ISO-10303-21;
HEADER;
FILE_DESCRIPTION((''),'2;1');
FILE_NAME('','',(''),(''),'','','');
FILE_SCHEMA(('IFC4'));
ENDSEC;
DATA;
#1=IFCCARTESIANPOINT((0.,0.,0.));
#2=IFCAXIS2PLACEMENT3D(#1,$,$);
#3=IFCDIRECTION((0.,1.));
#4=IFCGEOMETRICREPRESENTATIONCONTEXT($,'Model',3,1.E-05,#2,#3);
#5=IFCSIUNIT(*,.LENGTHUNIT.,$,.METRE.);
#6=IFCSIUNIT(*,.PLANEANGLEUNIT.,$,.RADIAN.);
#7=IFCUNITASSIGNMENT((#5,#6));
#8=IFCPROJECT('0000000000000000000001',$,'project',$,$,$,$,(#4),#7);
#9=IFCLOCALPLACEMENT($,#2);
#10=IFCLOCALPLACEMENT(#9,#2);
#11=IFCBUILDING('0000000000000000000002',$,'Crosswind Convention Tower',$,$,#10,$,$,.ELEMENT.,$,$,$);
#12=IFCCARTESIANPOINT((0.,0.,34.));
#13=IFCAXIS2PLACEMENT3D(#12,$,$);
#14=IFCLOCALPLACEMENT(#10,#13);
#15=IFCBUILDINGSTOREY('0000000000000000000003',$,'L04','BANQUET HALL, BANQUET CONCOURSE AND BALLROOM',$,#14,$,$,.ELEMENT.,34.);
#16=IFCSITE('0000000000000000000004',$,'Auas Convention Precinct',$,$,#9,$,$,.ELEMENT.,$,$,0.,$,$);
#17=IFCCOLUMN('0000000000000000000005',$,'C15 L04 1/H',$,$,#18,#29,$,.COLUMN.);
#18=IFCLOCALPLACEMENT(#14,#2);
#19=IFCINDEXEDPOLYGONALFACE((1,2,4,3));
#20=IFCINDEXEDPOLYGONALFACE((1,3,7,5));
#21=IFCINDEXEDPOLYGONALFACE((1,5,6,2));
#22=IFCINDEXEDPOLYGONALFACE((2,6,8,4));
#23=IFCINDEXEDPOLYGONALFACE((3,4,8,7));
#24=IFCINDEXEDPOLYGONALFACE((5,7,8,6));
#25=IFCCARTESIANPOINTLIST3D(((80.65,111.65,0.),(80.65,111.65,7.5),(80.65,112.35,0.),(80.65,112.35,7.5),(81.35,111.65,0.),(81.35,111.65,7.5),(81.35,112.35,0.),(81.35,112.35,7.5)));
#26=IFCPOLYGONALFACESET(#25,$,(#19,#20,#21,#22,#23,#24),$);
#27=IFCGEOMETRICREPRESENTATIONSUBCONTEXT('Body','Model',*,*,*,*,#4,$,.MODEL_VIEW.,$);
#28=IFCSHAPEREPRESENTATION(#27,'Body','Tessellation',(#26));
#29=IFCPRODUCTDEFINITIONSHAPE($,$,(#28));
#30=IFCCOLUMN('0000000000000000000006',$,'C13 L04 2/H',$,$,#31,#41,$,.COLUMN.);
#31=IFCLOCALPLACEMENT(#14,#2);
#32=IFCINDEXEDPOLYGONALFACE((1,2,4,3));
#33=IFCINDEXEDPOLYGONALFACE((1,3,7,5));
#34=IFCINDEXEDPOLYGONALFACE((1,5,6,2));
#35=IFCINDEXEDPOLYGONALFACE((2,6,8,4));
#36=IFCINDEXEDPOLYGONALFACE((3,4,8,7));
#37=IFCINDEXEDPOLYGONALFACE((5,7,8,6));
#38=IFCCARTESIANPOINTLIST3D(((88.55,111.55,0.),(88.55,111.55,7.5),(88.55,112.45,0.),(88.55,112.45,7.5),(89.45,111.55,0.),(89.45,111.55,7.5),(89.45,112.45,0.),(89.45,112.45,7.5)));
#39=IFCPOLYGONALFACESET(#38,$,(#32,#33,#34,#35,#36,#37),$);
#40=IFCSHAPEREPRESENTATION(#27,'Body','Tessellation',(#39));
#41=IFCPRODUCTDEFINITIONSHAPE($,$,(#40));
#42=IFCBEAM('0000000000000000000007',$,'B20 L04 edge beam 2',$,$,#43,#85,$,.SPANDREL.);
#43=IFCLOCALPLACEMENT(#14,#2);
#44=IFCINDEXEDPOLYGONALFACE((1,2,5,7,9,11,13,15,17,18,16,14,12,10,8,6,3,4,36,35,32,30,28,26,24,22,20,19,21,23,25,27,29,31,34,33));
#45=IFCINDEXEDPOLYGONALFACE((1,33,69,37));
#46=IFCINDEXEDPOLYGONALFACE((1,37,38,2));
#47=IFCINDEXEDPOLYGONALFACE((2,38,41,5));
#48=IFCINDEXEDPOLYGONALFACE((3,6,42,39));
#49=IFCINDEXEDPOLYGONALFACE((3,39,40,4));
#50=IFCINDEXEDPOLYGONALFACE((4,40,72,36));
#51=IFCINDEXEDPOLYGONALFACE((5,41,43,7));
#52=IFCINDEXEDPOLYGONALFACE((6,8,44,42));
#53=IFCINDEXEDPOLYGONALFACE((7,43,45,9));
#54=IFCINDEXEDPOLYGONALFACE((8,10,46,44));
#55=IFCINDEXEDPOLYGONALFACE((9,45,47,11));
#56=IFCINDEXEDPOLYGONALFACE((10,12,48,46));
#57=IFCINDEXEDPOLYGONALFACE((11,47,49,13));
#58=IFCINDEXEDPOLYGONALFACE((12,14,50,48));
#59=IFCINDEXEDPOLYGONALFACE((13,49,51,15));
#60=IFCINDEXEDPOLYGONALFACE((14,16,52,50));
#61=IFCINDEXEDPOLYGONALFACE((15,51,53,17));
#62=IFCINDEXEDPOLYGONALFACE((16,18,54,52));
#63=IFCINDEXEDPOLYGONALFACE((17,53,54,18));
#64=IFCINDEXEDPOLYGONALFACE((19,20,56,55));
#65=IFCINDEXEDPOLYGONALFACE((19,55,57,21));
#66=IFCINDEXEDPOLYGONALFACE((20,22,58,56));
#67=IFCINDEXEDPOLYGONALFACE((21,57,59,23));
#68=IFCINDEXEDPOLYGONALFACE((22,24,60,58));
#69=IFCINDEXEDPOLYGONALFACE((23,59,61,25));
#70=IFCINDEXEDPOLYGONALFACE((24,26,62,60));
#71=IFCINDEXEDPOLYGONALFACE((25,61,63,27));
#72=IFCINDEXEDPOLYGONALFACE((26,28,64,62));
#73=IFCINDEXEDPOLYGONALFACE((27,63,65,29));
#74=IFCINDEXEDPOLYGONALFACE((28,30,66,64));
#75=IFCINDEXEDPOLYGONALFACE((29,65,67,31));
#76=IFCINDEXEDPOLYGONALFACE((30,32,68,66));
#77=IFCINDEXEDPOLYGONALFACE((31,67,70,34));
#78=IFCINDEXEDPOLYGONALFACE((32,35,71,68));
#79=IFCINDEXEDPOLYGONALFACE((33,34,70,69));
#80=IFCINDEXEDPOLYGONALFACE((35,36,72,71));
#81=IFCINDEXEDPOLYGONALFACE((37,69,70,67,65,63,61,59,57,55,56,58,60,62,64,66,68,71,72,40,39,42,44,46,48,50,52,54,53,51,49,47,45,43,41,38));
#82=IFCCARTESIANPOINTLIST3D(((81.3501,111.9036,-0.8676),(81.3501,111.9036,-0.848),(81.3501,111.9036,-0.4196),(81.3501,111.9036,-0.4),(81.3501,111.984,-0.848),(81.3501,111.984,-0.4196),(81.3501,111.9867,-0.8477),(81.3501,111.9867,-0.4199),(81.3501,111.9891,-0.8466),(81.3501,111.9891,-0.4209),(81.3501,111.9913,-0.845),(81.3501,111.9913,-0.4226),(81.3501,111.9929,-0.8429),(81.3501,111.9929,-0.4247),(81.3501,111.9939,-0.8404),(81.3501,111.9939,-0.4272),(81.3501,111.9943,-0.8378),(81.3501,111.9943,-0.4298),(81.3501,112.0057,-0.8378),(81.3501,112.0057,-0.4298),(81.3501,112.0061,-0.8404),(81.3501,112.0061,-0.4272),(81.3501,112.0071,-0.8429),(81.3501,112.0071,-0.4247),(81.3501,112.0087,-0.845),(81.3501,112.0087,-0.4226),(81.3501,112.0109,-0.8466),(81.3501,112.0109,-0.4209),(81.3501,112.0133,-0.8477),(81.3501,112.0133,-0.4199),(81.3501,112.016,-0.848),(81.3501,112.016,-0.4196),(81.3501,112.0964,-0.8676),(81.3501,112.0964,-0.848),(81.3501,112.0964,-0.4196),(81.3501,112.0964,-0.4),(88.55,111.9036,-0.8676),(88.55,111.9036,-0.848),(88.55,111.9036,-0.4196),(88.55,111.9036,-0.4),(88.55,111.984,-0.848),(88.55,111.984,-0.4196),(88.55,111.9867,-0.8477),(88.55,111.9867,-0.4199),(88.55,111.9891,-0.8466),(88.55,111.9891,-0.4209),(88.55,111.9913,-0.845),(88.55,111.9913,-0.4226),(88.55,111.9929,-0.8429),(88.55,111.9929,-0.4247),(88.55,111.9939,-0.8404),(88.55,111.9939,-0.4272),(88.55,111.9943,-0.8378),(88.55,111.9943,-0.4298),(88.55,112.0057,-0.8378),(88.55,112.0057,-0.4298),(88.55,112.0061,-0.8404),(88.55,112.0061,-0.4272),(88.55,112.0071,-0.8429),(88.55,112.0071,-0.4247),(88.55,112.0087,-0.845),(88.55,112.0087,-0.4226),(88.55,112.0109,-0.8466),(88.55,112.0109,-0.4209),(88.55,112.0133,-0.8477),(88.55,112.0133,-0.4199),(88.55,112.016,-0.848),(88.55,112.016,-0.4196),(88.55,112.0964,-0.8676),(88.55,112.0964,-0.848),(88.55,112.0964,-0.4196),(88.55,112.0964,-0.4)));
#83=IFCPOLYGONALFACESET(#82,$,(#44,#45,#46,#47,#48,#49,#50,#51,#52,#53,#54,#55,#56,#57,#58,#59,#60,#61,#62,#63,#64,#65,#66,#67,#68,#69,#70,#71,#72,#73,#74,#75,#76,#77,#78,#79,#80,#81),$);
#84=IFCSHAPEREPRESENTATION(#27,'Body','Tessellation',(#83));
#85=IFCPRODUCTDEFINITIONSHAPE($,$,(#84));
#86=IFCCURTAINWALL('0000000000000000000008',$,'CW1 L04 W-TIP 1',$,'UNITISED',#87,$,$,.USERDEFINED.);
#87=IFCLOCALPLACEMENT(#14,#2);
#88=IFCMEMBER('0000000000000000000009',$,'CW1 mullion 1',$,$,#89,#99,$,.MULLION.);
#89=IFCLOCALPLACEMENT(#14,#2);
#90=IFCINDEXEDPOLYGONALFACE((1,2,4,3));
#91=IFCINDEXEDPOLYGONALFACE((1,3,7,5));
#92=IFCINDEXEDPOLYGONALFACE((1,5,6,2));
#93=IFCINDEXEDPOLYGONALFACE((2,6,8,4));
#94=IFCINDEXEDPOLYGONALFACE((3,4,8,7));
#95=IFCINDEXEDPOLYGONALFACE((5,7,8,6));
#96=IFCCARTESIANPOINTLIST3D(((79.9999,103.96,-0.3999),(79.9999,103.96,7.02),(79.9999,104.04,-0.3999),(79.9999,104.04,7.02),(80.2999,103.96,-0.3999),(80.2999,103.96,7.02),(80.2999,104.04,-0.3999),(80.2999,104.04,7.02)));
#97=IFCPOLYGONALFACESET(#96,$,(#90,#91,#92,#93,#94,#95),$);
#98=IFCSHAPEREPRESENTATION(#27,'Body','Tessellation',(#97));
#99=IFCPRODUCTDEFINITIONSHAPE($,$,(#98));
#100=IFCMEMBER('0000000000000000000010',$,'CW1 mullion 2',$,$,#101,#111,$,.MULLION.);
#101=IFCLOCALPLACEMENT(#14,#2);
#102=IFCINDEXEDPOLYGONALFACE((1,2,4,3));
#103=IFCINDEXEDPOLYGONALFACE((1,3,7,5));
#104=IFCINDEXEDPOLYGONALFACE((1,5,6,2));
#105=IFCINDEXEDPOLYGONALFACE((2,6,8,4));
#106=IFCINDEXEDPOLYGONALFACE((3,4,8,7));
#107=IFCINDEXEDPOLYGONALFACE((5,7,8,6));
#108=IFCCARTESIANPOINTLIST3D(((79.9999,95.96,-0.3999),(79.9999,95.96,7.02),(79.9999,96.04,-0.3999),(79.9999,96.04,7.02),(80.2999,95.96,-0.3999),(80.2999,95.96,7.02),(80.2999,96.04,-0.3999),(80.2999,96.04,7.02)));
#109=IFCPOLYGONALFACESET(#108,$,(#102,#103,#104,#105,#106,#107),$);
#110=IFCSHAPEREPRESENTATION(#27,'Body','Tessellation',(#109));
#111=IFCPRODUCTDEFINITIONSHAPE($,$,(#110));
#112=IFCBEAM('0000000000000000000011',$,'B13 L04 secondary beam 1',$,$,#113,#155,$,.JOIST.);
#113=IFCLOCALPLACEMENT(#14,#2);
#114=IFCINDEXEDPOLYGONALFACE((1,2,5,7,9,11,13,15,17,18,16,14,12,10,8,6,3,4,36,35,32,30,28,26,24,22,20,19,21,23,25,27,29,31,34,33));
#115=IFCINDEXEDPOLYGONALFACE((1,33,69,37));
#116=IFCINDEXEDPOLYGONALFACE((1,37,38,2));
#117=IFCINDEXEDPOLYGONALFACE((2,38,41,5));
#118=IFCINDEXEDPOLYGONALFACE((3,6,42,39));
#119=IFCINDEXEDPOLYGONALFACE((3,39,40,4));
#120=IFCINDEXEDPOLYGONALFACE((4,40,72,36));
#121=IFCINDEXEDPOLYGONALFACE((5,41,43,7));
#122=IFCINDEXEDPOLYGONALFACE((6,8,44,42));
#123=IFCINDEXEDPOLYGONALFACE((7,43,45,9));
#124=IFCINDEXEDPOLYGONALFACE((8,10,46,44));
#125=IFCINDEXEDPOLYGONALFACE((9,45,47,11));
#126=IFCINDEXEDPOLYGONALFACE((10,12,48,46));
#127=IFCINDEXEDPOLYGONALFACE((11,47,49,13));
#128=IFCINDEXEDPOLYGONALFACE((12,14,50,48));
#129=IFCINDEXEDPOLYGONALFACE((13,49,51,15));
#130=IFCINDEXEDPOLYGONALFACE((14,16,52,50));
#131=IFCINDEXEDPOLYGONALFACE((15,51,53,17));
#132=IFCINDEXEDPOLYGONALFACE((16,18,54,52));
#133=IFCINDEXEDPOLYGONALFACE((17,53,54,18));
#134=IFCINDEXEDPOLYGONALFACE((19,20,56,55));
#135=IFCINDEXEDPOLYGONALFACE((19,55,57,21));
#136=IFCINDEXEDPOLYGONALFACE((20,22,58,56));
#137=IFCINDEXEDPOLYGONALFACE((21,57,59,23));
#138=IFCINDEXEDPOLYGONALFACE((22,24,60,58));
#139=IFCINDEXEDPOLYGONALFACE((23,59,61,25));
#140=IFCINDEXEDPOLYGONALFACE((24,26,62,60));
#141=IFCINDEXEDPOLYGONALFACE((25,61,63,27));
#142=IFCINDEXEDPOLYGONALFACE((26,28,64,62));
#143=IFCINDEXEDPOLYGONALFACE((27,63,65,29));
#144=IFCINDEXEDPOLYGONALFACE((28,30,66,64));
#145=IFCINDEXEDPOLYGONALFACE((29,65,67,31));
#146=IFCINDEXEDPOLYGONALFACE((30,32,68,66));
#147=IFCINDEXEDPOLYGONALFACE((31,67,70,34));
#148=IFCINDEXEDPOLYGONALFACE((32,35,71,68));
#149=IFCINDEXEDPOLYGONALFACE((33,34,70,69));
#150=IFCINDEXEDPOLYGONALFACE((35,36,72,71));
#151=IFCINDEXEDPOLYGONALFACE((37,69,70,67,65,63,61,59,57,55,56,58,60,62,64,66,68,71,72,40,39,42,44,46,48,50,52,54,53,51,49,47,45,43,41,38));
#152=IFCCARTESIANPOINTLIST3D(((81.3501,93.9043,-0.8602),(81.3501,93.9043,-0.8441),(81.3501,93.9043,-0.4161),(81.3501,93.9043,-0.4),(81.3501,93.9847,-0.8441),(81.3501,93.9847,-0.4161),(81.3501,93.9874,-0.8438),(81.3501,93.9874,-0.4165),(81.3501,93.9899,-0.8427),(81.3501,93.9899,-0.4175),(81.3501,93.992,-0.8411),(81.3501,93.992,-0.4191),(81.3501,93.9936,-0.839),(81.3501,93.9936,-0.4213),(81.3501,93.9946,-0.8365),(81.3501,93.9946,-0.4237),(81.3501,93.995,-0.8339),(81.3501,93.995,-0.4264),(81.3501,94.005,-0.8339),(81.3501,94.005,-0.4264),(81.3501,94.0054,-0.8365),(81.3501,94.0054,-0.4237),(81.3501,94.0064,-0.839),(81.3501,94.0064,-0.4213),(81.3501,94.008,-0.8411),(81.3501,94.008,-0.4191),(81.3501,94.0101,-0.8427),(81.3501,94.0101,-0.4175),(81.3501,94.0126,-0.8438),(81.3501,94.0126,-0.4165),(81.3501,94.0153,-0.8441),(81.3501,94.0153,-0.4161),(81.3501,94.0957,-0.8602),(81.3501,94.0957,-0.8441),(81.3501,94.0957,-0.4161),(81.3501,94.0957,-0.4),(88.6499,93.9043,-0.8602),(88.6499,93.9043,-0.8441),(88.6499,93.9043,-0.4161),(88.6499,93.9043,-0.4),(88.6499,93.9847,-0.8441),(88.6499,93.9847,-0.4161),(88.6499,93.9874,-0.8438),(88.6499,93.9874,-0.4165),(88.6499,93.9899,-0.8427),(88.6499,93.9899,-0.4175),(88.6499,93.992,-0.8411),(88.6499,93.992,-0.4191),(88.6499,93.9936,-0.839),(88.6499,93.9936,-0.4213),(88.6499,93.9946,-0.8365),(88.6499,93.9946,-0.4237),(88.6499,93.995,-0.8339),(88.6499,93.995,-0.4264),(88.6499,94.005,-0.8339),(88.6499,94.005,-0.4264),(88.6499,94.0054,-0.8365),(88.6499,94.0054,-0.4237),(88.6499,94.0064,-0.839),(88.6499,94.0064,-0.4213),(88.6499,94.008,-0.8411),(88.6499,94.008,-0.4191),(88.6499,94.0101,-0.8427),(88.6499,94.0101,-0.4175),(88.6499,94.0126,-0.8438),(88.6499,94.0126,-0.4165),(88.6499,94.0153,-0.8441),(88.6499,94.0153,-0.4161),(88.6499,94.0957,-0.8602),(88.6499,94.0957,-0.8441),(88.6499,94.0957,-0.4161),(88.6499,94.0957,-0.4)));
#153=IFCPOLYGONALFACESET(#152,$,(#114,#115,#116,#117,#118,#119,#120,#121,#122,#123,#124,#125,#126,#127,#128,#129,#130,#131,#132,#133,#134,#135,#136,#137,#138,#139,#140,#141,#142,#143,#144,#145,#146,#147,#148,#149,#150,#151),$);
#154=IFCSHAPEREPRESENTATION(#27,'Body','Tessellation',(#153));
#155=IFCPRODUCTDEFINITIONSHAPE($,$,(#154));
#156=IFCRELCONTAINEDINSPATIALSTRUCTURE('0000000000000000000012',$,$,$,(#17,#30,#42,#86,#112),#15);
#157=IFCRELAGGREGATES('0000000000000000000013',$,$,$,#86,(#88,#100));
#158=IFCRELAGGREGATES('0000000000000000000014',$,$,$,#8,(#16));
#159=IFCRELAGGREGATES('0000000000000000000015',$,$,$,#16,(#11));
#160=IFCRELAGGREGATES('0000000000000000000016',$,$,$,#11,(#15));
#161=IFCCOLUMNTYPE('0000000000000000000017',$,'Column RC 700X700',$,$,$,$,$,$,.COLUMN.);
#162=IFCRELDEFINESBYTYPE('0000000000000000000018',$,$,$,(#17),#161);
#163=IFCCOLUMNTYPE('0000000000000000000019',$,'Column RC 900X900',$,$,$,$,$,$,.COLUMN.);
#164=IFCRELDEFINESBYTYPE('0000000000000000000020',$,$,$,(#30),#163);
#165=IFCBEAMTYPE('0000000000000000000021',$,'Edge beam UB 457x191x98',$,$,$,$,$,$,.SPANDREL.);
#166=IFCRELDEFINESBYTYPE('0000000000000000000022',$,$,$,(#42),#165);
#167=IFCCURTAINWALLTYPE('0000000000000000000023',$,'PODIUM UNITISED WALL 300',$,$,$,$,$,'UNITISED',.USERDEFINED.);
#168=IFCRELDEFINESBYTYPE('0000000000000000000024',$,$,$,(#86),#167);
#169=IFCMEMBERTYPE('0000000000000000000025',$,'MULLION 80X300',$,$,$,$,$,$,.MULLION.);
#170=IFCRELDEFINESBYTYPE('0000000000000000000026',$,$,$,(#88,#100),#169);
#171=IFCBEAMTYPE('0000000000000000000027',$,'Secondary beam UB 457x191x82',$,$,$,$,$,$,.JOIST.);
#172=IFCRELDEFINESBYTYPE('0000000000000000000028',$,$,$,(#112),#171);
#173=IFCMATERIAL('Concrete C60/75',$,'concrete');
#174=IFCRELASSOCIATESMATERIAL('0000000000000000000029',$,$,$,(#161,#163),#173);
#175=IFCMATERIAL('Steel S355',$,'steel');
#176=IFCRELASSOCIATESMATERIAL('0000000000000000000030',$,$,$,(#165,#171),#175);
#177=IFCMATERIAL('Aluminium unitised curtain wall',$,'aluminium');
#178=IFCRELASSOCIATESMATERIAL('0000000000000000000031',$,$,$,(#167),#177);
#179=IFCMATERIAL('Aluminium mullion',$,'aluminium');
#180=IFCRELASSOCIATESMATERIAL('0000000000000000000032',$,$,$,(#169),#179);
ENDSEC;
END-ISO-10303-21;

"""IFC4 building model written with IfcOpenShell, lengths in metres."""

from ifc_helpers import new_model, si_unit, direction, frame, origin, origin_2d, place, context, subcontext, project, spatial, rectangle, i_section, extrude, material, material_profile, profile_set, type_object, element, aggregate, save


model = new_model("IFC4")

# Units and contexts
model_context = context("Model", 3, precision=1e-05, world=origin(), true_north=direction((0.0, 1.0)))
body_context = subcontext(model_context, "Body", "Model", "MODEL_VIEW")
ifc_project = project(units=[si_unit("LENGTHUNIT", "METRE"), si_unit("PLANEANGLEUNIT", "RADIAN")], contexts=[model_context])

# Site, building, storey
site_placement = place(None, origin())
site = spatial("IfcSite", under=ifc_project, at=site_placement, Name="Auas Convention Precinct", CompositionType="ELEMENT", RefElevation=0.0)
building_placement = place(site_placement, origin())
building = spatial("IfcBuilding", under=site, at=building_placement, Name="Crosswind Convention Tower", CompositionType="ELEMENT")
storey_placement = place(building_placement, frame((0.0, 0.0, 34.0)))
storey = spatial("IfcBuildingStorey", under=building, at=storey_placement, Name="L04", Description="BANQUET HALL, BANQUET CONCOURSE AND BALLROOM", CompositionType="ELEMENT", Elevation=34.0)

# Columns
ifc_material_1 = material(Name="Concrete C60/75", Category="concrete")
ifc_material_profile_1 = material_profile(ifc_material_1, rectangle(XDim=0.7, YDim=0.7, at=origin_2d()), Name="RC 700X700")
ifc_profile_set_1 = profile_set([ifc_material_profile_1], Name="Concrete C60/75")
column_type_1 = type_object("IfcColumnType", Name="Column RC 700X700", PredefinedType="COLUMN", material=ifc_profile_set_1)
column_1_placement = place(storey_placement, frame((81.0, 112.0, 0.0), z_axis=(0.0, 0.0, 1.0), x_axis=(1.0, 0.0, 0.0)))
element("IfcColumn", 1, at=column_1_placement, inside=storey, type_object=column_type_1, Name="C15 L04 1/H", PredefinedType="COLUMN", context=body_context, shape_type="SweptSolid", body=[
    extrude(rectangle(XDim=0.7, YDim=0.7, at=origin_2d()), origin(), (0.0, 0.0, 1.0), 7.5),
])
ifc_material_profile_2 = material_profile(ifc_material_1, rectangle(XDim=0.8999, YDim=0.8999, at=origin_2d()), Name="RC 900X900")
ifc_profile_set_2 = profile_set([ifc_material_profile_2], Name="Concrete C60/75")
column_type_2 = type_object("IfcColumnType", Name="Column RC 900X900", PredefinedType="COLUMN", material=ifc_profile_set_2)
column_2_placement = place(storey_placement, frame((89.0, 112.0, 0.0), z_axis=(0.0, 0.0, 1.0), x_axis=(1.0, 0.0, 0.0)))
element("IfcColumn", 2, at=column_2_placement, inside=storey, type_object=column_type_2, Name="C13 L04 2/H", PredefinedType="COLUMN", context=body_context, shape_type="SweptSolid", body=[
    extrude(rectangle(XDim=0.8999, YDim=0.8999, at=origin_2d()), origin(), (0.0, 0.0, 1.0), 7.5),
])

# Beam
ifc_material_2 = material(Name="Steel S355", Category="steel")
ifc_material_profile_3 = material_profile(ifc_material_2, i_section(OverallWidth=0.1929, OverallDepth=0.4675, WebThickness=0.0115, FlangeThickness=0.0195, FilletRadius=0.0103, at=origin_2d()), Name="UB 457x191x98")
ifc_profile_set_3 = profile_set([ifc_material_profile_3], Name="Steel S355")
beam_type_1 = type_object("IfcBeamType", Name="Edge beam UB 457x191x98", PredefinedType="SPANDREL", material=ifc_profile_set_3)
beam_1_placement = place(storey_placement, frame((81.3501, 112.0, -0.6338), z_axis=(1.0, 0.0, 0.0), x_axis=(0.0, 1.0, 0.0)))
element("IfcBeam", 3, at=beam_1_placement, inside=storey, type_object=beam_type_1, Name="B20 L04 edge beam 2", PredefinedType="SPANDREL", context=body_context, shape_type="SweptSolid", body=[
    extrude(i_section(OverallWidth=0.1929, OverallDepth=0.4675, WebThickness=0.0115, FlangeThickness=0.0195, FilletRadius=0.0103, at=origin_2d()), origin(), (0.0, 0.0, 1.0), 7.2),
])

# Curtain wall, members
ifc_material_3 = material(Name="Aluminium unitised curtain wall", Category="aluminium")
curtain_wall_type = type_object("IfcCurtainWallType", Name="PODIUM UNITISED WALL 300", ElementType="UNITISED", PredefinedType="USERDEFINED", material=ifc_material_3)
curtain_wall_placement = place(storey_placement, origin())
curtain_wall = element("IfcCurtainWall", 4, at=curtain_wall_placement, inside=storey, type_object=curtain_wall_type, Name="CW1 L04 W-TIP 1", ObjectType="UNITISED", PredefinedType="USERDEFINED")
ifc_material_4 = material(Name="Aluminium mullion", Category="aluminium")
ifc_material_profile_4 = material_profile(ifc_material_4, rectangle(XDim=0.3, YDim=0.0801, at=origin_2d()), Name="AL 300X80")
ifc_profile_set_4 = profile_set([ifc_material_profile_4], Name="Aluminium mullion")
member_type_1 = type_object("IfcMemberType", Name="MULLION 80X300", PredefinedType="MULLION", material=ifc_profile_set_4)
member_1_placement = place(storey_placement, frame((80.1499, 104.0, -0.3999), z_axis=(0.0, 0.0, 1.0), x_axis=(-1.0, 0.0, 0.0)))
member_1 = element("IfcMember", 5, at=member_1_placement, type_object=member_type_1, Name="CW1 mullion 1", PredefinedType="MULLION", context=body_context, shape_type="SweptSolid", body=[
    extrude(rectangle(XDim=0.3, YDim=0.0801, at=origin_2d()), origin(), (0.0, 0.0, 1.0), 7.4199),
])
member_2_placement = place(storey_placement, frame((80.1499, 96.0, -0.3999), z_axis=(0.0, 0.0, 1.0), x_axis=(-1.0, 0.0, 0.0)))
member_2 = element("IfcMember", 6, at=member_2_placement, type_object=member_type_1, Name="CW1 mullion 2", PredefinedType="MULLION", context=body_context, shape_type="SweptSolid", body=[
    extrude(rectangle(XDim=0.3, YDim=0.0801, at=origin_2d()), origin(), (0.0, 0.0, 1.0), 7.4199),
])

# Beam
ifc_material_profile_5 = material_profile(ifc_material_2, i_section(OverallWidth=0.1914, OverallDepth=0.4602, WebThickness=0.01, FlangeThickness=0.0161, FilletRadius=0.0103, at=origin_2d()), Name="UB 457x191x82")
ifc_profile_set_5 = profile_set([ifc_material_profile_5], Name="Steel S355")
beam_type_2 = type_object("IfcBeamType", Name="Secondary beam UB 457x191x82", PredefinedType="JOIST", material=ifc_profile_set_5)
for number, where, z_axis, x_axis, name in (
    (7, (81.3501, 94.0, -0.6301), (1.0, 0.0, 0.0), (0.0, 1.0, 0.0), "B13 L04 secondary beam 1"),
):
    element("IfcBeam", number, at=place(storey_placement, frame(where, z_axis=z_axis, x_axis=x_axis)), inside=storey, type_object=beam_type_2, Name=name, PredefinedType="JOIST", context=body_context, shape_type="SweptSolid", body=[
        extrude(i_section(OverallWidth=0.1914, OverallDepth=0.4602, WebThickness=0.01, FlangeThickness=0.0161, FilletRadius=0.0103, at=origin_2d()), origin(), (0.0, 0.0, 1.0), 7.2998),
    ])

aggregate(curtain_wall, [member_1, member_2])

save(model, "model.ifc")
